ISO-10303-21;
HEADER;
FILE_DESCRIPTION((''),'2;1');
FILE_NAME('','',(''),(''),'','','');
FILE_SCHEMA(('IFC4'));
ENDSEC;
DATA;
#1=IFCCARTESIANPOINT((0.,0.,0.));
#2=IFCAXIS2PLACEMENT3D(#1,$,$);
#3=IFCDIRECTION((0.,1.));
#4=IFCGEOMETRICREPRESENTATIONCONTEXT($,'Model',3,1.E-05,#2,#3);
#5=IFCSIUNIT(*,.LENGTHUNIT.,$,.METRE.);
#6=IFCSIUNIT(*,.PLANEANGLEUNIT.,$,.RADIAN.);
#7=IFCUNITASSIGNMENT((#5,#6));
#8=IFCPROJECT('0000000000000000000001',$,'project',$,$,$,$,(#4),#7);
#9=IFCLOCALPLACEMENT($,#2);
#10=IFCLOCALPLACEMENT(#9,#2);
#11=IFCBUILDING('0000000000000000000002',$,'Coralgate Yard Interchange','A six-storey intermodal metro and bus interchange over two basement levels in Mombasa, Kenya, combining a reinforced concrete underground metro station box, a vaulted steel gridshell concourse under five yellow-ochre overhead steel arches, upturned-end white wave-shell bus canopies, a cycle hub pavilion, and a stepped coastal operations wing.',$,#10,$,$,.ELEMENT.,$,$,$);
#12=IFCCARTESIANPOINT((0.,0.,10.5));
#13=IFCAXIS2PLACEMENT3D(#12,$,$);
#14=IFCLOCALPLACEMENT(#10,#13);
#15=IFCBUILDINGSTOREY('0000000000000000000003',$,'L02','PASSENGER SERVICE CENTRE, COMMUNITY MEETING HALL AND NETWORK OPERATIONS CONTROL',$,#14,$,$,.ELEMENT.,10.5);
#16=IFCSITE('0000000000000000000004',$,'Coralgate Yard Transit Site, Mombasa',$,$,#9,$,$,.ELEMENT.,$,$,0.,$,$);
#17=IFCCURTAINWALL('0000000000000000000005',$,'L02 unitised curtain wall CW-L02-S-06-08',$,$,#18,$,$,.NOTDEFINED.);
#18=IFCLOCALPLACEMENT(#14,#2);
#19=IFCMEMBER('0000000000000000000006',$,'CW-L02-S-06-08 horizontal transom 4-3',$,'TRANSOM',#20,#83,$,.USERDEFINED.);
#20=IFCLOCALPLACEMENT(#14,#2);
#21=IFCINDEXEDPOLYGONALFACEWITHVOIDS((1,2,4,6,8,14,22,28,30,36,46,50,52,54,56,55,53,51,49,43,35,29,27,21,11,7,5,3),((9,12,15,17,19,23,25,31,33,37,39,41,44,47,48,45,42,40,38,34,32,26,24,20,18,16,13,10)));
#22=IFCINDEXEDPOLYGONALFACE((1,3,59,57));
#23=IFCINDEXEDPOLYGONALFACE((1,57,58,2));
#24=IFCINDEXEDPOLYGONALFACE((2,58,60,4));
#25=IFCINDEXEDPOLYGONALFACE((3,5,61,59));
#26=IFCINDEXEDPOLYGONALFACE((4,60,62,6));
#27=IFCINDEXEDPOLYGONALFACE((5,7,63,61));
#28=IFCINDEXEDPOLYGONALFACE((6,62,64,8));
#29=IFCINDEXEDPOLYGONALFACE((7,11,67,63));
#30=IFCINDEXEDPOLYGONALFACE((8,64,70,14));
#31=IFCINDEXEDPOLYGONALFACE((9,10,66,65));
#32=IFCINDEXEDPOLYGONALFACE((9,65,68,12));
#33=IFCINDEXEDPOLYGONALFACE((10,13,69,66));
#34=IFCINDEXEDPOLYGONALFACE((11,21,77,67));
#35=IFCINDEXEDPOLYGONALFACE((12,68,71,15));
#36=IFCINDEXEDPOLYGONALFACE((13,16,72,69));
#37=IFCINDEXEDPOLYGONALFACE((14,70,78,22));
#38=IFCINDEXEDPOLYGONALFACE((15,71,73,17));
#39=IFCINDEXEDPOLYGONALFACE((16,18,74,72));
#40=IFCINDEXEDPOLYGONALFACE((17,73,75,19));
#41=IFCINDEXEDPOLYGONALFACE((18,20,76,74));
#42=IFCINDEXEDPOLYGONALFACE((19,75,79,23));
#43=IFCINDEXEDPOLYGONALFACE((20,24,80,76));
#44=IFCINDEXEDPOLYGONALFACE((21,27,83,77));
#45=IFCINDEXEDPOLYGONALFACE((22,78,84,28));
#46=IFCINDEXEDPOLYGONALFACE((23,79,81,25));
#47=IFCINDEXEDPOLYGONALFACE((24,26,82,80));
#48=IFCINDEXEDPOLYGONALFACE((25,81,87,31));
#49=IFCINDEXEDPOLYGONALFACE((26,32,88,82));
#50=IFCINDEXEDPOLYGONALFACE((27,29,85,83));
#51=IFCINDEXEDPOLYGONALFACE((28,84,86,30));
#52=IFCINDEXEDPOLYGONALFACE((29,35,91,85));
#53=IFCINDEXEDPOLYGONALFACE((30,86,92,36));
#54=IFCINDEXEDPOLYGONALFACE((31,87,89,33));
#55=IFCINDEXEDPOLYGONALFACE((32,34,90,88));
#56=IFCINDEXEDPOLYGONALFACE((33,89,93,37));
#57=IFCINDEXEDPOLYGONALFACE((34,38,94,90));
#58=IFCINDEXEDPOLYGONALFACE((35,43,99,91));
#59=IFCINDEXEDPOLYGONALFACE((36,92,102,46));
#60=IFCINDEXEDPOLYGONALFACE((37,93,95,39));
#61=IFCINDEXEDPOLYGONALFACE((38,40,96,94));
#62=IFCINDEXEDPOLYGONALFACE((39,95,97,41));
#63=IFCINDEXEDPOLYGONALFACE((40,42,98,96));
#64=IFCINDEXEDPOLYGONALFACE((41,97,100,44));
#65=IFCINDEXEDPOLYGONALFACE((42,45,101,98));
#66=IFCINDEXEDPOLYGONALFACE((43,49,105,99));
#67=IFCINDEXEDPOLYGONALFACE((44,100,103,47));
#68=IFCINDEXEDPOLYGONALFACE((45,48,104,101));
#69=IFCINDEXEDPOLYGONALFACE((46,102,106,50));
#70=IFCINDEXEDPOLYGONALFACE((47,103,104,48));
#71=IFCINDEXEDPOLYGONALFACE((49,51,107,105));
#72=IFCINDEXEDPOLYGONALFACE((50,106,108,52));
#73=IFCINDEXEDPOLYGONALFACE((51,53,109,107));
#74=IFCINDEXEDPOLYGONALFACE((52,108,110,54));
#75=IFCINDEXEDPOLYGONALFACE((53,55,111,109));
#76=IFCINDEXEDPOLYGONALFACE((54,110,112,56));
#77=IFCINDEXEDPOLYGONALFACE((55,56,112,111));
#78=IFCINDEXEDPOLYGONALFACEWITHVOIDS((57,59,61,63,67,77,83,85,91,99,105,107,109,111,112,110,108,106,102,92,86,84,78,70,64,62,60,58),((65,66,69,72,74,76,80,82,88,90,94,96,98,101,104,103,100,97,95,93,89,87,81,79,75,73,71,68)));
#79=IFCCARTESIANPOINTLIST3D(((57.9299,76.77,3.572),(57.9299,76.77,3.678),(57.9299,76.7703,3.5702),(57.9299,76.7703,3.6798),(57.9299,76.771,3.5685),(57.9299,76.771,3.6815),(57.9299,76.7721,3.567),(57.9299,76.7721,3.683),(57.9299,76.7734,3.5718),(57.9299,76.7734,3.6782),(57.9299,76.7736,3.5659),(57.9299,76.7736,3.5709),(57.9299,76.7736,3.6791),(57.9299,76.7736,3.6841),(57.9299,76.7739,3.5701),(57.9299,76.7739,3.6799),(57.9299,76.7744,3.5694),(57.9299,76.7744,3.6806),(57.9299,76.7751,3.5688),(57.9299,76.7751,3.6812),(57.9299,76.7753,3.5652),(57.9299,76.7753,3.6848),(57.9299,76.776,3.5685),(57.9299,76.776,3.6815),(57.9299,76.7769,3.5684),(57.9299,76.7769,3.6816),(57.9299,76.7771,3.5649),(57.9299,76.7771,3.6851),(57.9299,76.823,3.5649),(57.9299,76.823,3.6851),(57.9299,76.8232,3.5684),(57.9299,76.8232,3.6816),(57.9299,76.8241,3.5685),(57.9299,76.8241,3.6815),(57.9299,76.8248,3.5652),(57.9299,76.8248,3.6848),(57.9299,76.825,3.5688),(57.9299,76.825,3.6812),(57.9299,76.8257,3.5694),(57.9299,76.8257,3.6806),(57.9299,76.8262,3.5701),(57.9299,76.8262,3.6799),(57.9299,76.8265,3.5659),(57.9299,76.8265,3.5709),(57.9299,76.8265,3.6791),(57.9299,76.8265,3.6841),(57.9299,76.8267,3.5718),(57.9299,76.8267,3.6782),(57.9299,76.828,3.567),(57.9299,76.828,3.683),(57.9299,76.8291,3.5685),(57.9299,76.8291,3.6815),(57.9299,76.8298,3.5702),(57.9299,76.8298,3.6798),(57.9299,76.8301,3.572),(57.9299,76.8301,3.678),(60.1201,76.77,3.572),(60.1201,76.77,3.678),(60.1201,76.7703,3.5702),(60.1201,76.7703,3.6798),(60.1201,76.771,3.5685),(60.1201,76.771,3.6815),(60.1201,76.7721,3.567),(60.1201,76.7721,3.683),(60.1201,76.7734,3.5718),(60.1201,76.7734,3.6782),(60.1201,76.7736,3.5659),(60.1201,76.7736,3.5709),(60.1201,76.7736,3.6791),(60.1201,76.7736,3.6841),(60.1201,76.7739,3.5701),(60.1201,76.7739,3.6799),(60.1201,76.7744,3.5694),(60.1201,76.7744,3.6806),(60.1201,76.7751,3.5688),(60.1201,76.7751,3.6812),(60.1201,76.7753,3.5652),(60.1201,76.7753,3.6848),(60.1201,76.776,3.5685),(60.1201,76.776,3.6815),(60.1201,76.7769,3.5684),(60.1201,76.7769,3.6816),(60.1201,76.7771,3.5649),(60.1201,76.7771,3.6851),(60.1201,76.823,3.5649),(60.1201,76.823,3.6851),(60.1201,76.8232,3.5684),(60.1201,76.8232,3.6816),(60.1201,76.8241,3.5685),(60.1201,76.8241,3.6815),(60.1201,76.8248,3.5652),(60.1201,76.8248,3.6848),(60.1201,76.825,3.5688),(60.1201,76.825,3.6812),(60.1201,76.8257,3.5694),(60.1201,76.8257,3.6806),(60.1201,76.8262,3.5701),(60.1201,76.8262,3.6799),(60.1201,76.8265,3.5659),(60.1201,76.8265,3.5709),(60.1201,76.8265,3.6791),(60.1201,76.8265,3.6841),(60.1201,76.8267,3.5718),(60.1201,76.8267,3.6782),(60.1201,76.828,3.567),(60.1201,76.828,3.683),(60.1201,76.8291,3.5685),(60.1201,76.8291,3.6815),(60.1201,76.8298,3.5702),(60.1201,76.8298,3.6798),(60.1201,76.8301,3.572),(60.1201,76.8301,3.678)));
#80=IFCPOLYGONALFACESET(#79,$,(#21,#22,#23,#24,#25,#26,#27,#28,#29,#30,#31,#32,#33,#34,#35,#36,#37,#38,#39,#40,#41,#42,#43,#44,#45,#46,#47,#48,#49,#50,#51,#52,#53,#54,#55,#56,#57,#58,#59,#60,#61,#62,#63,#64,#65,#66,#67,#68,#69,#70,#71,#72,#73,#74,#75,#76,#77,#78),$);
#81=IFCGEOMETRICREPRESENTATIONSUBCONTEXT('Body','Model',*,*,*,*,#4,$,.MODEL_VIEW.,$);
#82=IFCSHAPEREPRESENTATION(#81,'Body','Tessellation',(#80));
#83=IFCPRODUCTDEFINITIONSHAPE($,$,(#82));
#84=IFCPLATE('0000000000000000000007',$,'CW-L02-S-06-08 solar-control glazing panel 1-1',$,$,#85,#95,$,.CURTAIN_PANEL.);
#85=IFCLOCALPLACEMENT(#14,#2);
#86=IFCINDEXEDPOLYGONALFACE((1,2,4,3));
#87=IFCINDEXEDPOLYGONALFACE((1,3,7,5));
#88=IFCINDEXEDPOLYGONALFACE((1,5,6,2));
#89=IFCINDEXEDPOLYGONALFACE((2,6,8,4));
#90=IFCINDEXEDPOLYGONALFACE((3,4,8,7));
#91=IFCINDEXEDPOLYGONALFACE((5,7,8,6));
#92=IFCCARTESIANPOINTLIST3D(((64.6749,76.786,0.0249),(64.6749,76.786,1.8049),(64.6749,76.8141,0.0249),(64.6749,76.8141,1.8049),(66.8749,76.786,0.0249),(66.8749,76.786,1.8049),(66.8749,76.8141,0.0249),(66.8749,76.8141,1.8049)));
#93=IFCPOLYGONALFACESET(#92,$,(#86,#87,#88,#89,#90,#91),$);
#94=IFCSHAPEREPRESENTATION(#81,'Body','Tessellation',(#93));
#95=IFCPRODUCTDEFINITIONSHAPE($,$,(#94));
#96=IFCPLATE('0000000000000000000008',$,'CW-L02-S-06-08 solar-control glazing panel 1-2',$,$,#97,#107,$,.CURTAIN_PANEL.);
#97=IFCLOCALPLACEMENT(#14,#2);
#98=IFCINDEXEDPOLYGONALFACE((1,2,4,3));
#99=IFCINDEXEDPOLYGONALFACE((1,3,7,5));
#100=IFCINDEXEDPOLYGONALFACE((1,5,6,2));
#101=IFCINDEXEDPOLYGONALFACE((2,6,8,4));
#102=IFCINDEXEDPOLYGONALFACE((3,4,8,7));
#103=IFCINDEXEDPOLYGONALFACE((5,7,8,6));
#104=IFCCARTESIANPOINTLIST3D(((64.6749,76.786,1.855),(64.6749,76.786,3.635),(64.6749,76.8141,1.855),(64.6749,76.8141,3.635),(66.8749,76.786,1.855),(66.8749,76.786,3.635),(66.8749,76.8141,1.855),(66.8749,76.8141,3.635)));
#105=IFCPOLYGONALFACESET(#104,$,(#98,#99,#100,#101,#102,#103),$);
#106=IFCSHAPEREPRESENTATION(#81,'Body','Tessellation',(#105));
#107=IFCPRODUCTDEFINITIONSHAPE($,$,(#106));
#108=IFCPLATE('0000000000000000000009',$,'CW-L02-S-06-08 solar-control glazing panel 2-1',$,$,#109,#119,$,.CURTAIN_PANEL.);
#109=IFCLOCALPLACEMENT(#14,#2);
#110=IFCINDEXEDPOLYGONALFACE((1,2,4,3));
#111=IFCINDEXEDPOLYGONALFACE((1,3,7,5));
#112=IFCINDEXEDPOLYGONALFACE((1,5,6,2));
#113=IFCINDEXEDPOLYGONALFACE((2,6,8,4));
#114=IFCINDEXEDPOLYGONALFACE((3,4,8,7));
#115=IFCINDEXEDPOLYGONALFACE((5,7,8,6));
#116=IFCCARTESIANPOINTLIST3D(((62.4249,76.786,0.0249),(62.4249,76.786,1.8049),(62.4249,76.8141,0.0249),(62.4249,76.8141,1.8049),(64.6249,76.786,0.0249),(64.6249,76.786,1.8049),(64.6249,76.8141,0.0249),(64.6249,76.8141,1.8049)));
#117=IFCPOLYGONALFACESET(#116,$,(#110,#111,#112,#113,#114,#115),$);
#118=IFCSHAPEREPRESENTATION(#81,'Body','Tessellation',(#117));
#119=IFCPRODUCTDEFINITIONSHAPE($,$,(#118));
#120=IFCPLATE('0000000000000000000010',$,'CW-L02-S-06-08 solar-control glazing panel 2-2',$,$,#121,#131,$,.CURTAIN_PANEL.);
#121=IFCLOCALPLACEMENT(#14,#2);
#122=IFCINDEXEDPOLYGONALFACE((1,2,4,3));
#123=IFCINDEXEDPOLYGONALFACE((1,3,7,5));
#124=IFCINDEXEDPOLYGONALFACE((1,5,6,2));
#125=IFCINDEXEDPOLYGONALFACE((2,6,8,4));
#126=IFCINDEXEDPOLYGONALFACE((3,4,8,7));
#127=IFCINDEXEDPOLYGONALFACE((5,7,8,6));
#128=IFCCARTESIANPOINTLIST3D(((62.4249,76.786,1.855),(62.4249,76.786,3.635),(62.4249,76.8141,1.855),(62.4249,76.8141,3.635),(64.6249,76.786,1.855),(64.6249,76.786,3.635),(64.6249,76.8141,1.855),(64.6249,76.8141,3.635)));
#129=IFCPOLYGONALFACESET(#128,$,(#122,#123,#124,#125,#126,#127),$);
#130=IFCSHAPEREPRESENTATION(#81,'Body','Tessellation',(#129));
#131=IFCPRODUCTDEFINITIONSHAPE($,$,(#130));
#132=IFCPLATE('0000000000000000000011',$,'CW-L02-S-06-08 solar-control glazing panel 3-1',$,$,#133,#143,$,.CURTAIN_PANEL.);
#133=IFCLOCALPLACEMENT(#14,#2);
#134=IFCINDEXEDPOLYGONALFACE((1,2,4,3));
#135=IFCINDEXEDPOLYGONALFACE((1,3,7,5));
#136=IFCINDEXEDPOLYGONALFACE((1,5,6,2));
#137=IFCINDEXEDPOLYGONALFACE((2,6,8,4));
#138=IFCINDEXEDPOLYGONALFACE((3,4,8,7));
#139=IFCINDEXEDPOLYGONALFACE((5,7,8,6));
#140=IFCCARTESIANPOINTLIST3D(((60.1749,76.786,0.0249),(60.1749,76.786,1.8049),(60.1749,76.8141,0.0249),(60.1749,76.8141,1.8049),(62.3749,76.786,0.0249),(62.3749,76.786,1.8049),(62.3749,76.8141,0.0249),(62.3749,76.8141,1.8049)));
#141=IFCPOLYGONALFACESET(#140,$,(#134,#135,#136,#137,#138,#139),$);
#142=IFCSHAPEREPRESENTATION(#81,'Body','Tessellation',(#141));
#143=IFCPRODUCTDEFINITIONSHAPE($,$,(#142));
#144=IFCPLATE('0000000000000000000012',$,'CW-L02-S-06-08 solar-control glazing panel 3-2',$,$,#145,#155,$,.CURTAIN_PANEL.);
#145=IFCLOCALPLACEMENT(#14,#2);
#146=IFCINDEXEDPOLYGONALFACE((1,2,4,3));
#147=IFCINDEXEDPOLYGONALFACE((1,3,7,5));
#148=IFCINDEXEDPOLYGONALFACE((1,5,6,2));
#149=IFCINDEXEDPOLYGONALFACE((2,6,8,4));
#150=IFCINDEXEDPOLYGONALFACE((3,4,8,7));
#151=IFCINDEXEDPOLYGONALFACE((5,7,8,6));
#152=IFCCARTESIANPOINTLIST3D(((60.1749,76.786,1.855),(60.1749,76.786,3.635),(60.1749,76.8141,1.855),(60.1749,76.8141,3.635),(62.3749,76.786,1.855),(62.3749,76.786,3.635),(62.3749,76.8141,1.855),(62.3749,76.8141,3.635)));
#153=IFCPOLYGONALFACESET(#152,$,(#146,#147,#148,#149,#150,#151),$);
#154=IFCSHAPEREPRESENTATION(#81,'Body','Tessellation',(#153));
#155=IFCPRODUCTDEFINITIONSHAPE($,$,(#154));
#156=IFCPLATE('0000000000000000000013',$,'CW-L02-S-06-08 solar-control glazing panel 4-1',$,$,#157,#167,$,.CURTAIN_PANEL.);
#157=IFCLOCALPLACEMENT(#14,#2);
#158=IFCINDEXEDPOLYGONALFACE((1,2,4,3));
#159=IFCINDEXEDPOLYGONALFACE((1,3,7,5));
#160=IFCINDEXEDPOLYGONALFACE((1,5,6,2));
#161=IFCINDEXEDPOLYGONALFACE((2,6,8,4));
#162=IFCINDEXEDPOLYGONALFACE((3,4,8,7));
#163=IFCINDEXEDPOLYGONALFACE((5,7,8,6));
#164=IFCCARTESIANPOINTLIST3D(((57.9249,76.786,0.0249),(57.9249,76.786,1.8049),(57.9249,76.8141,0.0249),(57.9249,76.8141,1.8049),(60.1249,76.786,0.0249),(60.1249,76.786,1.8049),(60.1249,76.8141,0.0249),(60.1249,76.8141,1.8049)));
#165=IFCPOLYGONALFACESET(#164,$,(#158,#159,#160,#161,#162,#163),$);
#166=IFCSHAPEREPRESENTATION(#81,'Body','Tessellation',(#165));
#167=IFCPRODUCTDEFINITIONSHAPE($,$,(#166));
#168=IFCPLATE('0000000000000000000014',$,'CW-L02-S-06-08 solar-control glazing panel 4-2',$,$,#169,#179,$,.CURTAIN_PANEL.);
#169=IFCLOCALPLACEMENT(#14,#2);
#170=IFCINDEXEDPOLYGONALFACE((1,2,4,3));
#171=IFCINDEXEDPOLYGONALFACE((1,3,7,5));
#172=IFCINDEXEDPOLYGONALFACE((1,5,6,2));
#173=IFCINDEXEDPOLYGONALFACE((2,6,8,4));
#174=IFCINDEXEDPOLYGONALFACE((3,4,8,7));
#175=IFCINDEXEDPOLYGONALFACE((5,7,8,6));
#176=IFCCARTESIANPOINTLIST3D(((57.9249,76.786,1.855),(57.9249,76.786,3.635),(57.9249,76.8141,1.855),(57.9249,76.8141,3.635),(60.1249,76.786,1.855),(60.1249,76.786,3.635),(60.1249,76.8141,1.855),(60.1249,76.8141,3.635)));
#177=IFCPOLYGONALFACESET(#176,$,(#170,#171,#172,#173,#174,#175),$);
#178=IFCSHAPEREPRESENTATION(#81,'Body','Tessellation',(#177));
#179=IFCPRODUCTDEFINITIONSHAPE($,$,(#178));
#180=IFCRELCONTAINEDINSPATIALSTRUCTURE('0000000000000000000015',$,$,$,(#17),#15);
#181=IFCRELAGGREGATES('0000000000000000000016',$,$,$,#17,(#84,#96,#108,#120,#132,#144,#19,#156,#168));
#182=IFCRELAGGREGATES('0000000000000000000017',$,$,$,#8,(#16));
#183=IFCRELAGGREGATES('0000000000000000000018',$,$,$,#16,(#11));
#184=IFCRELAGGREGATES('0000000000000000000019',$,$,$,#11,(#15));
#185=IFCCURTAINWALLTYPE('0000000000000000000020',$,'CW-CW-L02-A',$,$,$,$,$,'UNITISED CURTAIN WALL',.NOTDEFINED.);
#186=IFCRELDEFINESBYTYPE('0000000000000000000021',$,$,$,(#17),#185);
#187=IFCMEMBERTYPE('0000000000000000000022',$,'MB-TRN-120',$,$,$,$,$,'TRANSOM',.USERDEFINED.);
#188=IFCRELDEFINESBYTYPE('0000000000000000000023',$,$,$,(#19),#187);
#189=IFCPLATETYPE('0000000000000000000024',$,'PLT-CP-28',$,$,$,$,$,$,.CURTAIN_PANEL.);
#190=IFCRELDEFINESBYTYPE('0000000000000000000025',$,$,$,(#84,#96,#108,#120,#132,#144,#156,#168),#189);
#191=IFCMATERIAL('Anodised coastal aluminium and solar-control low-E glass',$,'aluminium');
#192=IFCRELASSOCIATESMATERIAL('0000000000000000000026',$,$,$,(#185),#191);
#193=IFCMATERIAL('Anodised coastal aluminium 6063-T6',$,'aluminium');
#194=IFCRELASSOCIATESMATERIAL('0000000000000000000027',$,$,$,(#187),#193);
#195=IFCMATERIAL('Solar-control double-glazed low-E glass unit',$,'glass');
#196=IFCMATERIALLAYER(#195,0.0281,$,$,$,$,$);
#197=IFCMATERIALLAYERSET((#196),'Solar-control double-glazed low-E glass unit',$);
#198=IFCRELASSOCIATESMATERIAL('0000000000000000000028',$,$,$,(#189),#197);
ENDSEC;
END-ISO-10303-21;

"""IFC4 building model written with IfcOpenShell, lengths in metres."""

from ifc_helpers import new_model, si_unit, direction, frame, origin, origin_2d, place, context, subcontext, project, spatial, rectangle, hollow_rectangle, extrude, material, layer, layer_set, material_profile, profile_set, type_object, element, aggregate, save


model = new_model("IFC4")

# Units and contexts
model_context = context("Model", 3, precision=1e-05, world=origin(), true_north=direction((0.0, 1.0)))
body_context = subcontext(model_context, "Body", "Model", "MODEL_VIEW")
ifc_project = project(units=[si_unit("LENGTHUNIT", "METRE"), si_unit("PLANEANGLEUNIT", "RADIAN")], contexts=[model_context])

# Site, building, storey
site_placement = place(None, origin())
site = spatial("IfcSite", under=ifc_project, at=site_placement, Name="Coralgate Yard Transit Site, Mombasa", CompositionType="ELEMENT", RefElevation=0.0)
building_placement = place(site_placement, origin())
building = spatial("IfcBuilding", under=site, at=building_placement, Name="Coralgate Yard Interchange", Description="A six-storey intermodal metro and bus interchange over two basement levels in Mombasa, Kenya, combining a reinforced concrete underground metro station box, a vaulted steel gridshell concourse under five yellow-ochre overhead steel arches, upturned-end white wave-shell bus canopies, a cycle hub pavilion, and a stepped coastal operations wing.", CompositionType="ELEMENT")
storey_placement = place(building_placement, frame((0.0, 0.0, 10.5)))
storey = spatial("IfcBuildingStorey", under=building, at=storey_placement, Name="L02", Description="PASSENGER SERVICE CENTRE, COMMUNITY MEETING HALL AND NETWORK OPERATIONS CONTROL", CompositionType="ELEMENT", Elevation=10.5)

# Curtain wall, member, plates
ifc_material_1 = material(Name="Anodised coastal aluminium and solar-control low-E glass", Category="aluminium")
curtain_wall_type = type_object("IfcCurtainWallType", Name="CW-CW-L02-A", ElementType="UNITISED CURTAIN WALL", PredefinedType="NOTDEFINED", material=ifc_material_1)
curtain_wall_placement = place(storey_placement, origin())
curtain_wall = element("IfcCurtainWall", 1, at=curtain_wall_placement, inside=storey, type_object=curtain_wall_type, Name="L02 unitised curtain wall CW-L02-S-06-08", PredefinedType="NOTDEFINED")
ifc_material_2 = material(Name="Anodised coastal aluminium 6063-T6", Category="aluminium")
ifc_material_profile_1 = material_profile(ifc_material_2, hollow_rectangle(XDim=0.0601, YDim=0.1201, WallThickness=0.0034, InnerFilletRadius=0.0034, OuterFilletRadius=0.0071, at=origin_2d()), Name="ALU 60x120x3.5")
ifc_profile_set_1 = profile_set([ifc_material_profile_1], Name="Anodised coastal aluminium 6063-T6")
member_type_1 = type_object("IfcMemberType", Name="MB-TRN-120", ElementType="TRANSOM", PredefinedType="USERDEFINED", material=ifc_profile_set_1)
member_1_placement = place(storey_placement, frame((60.1201, 76.8, 3.625), z_axis=(-1.0, 0.0, 0.0), x_axis=(0.0, -1.0, 0.0)))
member_1 = element("IfcMember", 2, at=member_1_placement, type_object=member_type_1, Name="CW-L02-S-06-08 horizontal transom 4-3", ObjectType="TRANSOM", PredefinedType="USERDEFINED", context=body_context, shape_type="SweptSolid", body=[
    extrude(hollow_rectangle(XDim=0.0601, YDim=0.1201, WallThickness=0.0034, InnerFilletRadius=0.0034, OuterFilletRadius=0.0071, at=origin_2d()), origin(), (0.0, 0.0, 1.0), 2.1902),
])
ifc_material_3 = material(Name="Solar-control double-glazed low-E glass unit", Category="glass")
ifc_layer_1 = layer(ifc_material_3, 0.0281)
ifc_layer_set_1 = layer_set([ifc_layer_1], Name="Solar-control double-glazed low-E glass unit")
plate_type = type_object("IfcPlateType", Name="PLT-CP-28", PredefinedType="CURTAIN_PANEL", material=ifc_layer_set_1)
plate_1_placement = place(storey_placement, frame((65.7749, 76.8, 0.0249), z_axis=(0.0, 0.0, 1.0), x_axis=(-1.0, 0.0, 0.0)))
plate_1 = element("IfcPlate", 3, at=plate_1_placement, type_object=plate_type, Name="CW-L02-S-06-08 solar-control glazing panel 1-1", PredefinedType="CURTAIN_PANEL", context=body_context, shape_type="SweptSolid", body=[
    extrude(rectangle(XDim=2.2, YDim=0.0281, at=origin_2d()), origin(), (0.0, 0.0, 1.0), 1.78),
])
plate_2_placement = place(storey_placement, frame((65.7749, 76.8, 1.855), z_axis=(0.0, 0.0, 1.0), x_axis=(-1.0, 0.0, 0.0)))
plate_2 = element("IfcPlate", 4, at=plate_2_placement, type_object=plate_type, Name="CW-L02-S-06-08 solar-control glazing panel 1-2", PredefinedType="CURTAIN_PANEL", context=body_context, shape_type="SweptSolid", body=[
    extrude(rectangle(XDim=2.2, YDim=0.0281, at=origin_2d()), origin(), (0.0, 0.0, 1.0), 1.78),
])
plate_3_placement = place(storey_placement, frame((63.5249, 76.8, 0.0249), z_axis=(0.0, 0.0, 1.0), x_axis=(-1.0, 0.0, 0.0)))
plate_3 = element("IfcPlate", 5, at=plate_3_placement, type_object=plate_type, Name="CW-L02-S-06-08 solar-control glazing panel 2-1", PredefinedType="CURTAIN_PANEL", context=body_context, shape_type="SweptSolid", body=[
    extrude(rectangle(XDim=2.2, YDim=0.0281, at=origin_2d()), origin(), (0.0, 0.0, 1.0), 1.78),
])
plate_4_placement = place(storey_placement, frame((63.5249, 76.8, 1.855), z_axis=(0.0, 0.0, 1.0), x_axis=(-1.0, 0.0, 0.0)))
plate_4 = element("IfcPlate", 6, at=plate_4_placement, type_object=plate_type, Name="CW-L02-S-06-08 solar-control glazing panel 2-2", PredefinedType="CURTAIN_PANEL", context=body_context, shape_type="SweptSolid", body=[
    extrude(rectangle(XDim=2.2, YDim=0.0281, at=origin_2d()), origin(), (0.0, 0.0, 1.0), 1.78),
])
plate_5_placement = place(storey_placement, frame((61.2749, 76.8, 0.0249), z_axis=(0.0, 0.0, 1.0), x_axis=(-1.0, 0.0, 0.0)))
plate_5 = element("IfcPlate", 7, at=plate_5_placement, type_object=plate_type, Name="CW-L02-S-06-08 solar-control glazing panel 3-1", PredefinedType="CURTAIN_PANEL", context=body_context, shape_type="SweptSolid", body=[
    extrude(rectangle(XDim=2.2, YDim=0.0281, at=origin_2d()), origin(), (0.0, 0.0, 1.0), 1.78),
])
plate_6_placement = place(storey_placement, frame((61.2749, 76.8, 1.855), z_axis=(0.0, 0.0, 1.0), x_axis=(-1.0, 0.0, 0.0)))
plate_6 = element("IfcPlate", 8, at=plate_6_placement, type_object=plate_type, Name="CW-L02-S-06-08 solar-control glazing panel 3-2", PredefinedType="CURTAIN_PANEL", context=body_context, shape_type="SweptSolid", body=[
    extrude(rectangle(XDim=2.2, YDim=0.0281, at=origin_2d()), origin(), (0.0, 0.0, 1.0), 1.78),
])
plate_7_placement = place(storey_placement, frame((59.0249, 76.8, 0.0249), z_axis=(0.0, 0.0, 1.0), x_axis=(-1.0, 0.0, 0.0)))
plate_7 = element("IfcPlate", 9, at=plate_7_placement, type_object=plate_type, Name="CW-L02-S-06-08 solar-control glazing panel 4-1", PredefinedType="CURTAIN_PANEL", context=body_context, shape_type="SweptSolid", body=[
    extrude(rectangle(XDim=2.2, YDim=0.0281, at=origin_2d()), origin(), (0.0, 0.0, 1.0), 1.78),
])
plate_8_placement = place(storey_placement, frame((59.0249, 76.8, 1.855), z_axis=(0.0, 0.0, 1.0), x_axis=(-1.0, 0.0, 0.0)))
plate_8 = element("IfcPlate", 10, at=plate_8_placement, type_object=plate_type, Name="CW-L02-S-06-08 solar-control glazing panel 4-2", PredefinedType="CURTAIN_PANEL", context=body_context, shape_type="SweptSolid", body=[
    extrude(rectangle(XDim=2.2, YDim=0.0281, at=origin_2d()), origin(), (0.0, 0.0, 1.0), 1.78),
])
aggregate(curtain_wall, [plate_1, plate_2, plate_3, plate_4, plate_5, plate_6, member_1, plate_7, plate_8])

save(model, "model.ifc")
